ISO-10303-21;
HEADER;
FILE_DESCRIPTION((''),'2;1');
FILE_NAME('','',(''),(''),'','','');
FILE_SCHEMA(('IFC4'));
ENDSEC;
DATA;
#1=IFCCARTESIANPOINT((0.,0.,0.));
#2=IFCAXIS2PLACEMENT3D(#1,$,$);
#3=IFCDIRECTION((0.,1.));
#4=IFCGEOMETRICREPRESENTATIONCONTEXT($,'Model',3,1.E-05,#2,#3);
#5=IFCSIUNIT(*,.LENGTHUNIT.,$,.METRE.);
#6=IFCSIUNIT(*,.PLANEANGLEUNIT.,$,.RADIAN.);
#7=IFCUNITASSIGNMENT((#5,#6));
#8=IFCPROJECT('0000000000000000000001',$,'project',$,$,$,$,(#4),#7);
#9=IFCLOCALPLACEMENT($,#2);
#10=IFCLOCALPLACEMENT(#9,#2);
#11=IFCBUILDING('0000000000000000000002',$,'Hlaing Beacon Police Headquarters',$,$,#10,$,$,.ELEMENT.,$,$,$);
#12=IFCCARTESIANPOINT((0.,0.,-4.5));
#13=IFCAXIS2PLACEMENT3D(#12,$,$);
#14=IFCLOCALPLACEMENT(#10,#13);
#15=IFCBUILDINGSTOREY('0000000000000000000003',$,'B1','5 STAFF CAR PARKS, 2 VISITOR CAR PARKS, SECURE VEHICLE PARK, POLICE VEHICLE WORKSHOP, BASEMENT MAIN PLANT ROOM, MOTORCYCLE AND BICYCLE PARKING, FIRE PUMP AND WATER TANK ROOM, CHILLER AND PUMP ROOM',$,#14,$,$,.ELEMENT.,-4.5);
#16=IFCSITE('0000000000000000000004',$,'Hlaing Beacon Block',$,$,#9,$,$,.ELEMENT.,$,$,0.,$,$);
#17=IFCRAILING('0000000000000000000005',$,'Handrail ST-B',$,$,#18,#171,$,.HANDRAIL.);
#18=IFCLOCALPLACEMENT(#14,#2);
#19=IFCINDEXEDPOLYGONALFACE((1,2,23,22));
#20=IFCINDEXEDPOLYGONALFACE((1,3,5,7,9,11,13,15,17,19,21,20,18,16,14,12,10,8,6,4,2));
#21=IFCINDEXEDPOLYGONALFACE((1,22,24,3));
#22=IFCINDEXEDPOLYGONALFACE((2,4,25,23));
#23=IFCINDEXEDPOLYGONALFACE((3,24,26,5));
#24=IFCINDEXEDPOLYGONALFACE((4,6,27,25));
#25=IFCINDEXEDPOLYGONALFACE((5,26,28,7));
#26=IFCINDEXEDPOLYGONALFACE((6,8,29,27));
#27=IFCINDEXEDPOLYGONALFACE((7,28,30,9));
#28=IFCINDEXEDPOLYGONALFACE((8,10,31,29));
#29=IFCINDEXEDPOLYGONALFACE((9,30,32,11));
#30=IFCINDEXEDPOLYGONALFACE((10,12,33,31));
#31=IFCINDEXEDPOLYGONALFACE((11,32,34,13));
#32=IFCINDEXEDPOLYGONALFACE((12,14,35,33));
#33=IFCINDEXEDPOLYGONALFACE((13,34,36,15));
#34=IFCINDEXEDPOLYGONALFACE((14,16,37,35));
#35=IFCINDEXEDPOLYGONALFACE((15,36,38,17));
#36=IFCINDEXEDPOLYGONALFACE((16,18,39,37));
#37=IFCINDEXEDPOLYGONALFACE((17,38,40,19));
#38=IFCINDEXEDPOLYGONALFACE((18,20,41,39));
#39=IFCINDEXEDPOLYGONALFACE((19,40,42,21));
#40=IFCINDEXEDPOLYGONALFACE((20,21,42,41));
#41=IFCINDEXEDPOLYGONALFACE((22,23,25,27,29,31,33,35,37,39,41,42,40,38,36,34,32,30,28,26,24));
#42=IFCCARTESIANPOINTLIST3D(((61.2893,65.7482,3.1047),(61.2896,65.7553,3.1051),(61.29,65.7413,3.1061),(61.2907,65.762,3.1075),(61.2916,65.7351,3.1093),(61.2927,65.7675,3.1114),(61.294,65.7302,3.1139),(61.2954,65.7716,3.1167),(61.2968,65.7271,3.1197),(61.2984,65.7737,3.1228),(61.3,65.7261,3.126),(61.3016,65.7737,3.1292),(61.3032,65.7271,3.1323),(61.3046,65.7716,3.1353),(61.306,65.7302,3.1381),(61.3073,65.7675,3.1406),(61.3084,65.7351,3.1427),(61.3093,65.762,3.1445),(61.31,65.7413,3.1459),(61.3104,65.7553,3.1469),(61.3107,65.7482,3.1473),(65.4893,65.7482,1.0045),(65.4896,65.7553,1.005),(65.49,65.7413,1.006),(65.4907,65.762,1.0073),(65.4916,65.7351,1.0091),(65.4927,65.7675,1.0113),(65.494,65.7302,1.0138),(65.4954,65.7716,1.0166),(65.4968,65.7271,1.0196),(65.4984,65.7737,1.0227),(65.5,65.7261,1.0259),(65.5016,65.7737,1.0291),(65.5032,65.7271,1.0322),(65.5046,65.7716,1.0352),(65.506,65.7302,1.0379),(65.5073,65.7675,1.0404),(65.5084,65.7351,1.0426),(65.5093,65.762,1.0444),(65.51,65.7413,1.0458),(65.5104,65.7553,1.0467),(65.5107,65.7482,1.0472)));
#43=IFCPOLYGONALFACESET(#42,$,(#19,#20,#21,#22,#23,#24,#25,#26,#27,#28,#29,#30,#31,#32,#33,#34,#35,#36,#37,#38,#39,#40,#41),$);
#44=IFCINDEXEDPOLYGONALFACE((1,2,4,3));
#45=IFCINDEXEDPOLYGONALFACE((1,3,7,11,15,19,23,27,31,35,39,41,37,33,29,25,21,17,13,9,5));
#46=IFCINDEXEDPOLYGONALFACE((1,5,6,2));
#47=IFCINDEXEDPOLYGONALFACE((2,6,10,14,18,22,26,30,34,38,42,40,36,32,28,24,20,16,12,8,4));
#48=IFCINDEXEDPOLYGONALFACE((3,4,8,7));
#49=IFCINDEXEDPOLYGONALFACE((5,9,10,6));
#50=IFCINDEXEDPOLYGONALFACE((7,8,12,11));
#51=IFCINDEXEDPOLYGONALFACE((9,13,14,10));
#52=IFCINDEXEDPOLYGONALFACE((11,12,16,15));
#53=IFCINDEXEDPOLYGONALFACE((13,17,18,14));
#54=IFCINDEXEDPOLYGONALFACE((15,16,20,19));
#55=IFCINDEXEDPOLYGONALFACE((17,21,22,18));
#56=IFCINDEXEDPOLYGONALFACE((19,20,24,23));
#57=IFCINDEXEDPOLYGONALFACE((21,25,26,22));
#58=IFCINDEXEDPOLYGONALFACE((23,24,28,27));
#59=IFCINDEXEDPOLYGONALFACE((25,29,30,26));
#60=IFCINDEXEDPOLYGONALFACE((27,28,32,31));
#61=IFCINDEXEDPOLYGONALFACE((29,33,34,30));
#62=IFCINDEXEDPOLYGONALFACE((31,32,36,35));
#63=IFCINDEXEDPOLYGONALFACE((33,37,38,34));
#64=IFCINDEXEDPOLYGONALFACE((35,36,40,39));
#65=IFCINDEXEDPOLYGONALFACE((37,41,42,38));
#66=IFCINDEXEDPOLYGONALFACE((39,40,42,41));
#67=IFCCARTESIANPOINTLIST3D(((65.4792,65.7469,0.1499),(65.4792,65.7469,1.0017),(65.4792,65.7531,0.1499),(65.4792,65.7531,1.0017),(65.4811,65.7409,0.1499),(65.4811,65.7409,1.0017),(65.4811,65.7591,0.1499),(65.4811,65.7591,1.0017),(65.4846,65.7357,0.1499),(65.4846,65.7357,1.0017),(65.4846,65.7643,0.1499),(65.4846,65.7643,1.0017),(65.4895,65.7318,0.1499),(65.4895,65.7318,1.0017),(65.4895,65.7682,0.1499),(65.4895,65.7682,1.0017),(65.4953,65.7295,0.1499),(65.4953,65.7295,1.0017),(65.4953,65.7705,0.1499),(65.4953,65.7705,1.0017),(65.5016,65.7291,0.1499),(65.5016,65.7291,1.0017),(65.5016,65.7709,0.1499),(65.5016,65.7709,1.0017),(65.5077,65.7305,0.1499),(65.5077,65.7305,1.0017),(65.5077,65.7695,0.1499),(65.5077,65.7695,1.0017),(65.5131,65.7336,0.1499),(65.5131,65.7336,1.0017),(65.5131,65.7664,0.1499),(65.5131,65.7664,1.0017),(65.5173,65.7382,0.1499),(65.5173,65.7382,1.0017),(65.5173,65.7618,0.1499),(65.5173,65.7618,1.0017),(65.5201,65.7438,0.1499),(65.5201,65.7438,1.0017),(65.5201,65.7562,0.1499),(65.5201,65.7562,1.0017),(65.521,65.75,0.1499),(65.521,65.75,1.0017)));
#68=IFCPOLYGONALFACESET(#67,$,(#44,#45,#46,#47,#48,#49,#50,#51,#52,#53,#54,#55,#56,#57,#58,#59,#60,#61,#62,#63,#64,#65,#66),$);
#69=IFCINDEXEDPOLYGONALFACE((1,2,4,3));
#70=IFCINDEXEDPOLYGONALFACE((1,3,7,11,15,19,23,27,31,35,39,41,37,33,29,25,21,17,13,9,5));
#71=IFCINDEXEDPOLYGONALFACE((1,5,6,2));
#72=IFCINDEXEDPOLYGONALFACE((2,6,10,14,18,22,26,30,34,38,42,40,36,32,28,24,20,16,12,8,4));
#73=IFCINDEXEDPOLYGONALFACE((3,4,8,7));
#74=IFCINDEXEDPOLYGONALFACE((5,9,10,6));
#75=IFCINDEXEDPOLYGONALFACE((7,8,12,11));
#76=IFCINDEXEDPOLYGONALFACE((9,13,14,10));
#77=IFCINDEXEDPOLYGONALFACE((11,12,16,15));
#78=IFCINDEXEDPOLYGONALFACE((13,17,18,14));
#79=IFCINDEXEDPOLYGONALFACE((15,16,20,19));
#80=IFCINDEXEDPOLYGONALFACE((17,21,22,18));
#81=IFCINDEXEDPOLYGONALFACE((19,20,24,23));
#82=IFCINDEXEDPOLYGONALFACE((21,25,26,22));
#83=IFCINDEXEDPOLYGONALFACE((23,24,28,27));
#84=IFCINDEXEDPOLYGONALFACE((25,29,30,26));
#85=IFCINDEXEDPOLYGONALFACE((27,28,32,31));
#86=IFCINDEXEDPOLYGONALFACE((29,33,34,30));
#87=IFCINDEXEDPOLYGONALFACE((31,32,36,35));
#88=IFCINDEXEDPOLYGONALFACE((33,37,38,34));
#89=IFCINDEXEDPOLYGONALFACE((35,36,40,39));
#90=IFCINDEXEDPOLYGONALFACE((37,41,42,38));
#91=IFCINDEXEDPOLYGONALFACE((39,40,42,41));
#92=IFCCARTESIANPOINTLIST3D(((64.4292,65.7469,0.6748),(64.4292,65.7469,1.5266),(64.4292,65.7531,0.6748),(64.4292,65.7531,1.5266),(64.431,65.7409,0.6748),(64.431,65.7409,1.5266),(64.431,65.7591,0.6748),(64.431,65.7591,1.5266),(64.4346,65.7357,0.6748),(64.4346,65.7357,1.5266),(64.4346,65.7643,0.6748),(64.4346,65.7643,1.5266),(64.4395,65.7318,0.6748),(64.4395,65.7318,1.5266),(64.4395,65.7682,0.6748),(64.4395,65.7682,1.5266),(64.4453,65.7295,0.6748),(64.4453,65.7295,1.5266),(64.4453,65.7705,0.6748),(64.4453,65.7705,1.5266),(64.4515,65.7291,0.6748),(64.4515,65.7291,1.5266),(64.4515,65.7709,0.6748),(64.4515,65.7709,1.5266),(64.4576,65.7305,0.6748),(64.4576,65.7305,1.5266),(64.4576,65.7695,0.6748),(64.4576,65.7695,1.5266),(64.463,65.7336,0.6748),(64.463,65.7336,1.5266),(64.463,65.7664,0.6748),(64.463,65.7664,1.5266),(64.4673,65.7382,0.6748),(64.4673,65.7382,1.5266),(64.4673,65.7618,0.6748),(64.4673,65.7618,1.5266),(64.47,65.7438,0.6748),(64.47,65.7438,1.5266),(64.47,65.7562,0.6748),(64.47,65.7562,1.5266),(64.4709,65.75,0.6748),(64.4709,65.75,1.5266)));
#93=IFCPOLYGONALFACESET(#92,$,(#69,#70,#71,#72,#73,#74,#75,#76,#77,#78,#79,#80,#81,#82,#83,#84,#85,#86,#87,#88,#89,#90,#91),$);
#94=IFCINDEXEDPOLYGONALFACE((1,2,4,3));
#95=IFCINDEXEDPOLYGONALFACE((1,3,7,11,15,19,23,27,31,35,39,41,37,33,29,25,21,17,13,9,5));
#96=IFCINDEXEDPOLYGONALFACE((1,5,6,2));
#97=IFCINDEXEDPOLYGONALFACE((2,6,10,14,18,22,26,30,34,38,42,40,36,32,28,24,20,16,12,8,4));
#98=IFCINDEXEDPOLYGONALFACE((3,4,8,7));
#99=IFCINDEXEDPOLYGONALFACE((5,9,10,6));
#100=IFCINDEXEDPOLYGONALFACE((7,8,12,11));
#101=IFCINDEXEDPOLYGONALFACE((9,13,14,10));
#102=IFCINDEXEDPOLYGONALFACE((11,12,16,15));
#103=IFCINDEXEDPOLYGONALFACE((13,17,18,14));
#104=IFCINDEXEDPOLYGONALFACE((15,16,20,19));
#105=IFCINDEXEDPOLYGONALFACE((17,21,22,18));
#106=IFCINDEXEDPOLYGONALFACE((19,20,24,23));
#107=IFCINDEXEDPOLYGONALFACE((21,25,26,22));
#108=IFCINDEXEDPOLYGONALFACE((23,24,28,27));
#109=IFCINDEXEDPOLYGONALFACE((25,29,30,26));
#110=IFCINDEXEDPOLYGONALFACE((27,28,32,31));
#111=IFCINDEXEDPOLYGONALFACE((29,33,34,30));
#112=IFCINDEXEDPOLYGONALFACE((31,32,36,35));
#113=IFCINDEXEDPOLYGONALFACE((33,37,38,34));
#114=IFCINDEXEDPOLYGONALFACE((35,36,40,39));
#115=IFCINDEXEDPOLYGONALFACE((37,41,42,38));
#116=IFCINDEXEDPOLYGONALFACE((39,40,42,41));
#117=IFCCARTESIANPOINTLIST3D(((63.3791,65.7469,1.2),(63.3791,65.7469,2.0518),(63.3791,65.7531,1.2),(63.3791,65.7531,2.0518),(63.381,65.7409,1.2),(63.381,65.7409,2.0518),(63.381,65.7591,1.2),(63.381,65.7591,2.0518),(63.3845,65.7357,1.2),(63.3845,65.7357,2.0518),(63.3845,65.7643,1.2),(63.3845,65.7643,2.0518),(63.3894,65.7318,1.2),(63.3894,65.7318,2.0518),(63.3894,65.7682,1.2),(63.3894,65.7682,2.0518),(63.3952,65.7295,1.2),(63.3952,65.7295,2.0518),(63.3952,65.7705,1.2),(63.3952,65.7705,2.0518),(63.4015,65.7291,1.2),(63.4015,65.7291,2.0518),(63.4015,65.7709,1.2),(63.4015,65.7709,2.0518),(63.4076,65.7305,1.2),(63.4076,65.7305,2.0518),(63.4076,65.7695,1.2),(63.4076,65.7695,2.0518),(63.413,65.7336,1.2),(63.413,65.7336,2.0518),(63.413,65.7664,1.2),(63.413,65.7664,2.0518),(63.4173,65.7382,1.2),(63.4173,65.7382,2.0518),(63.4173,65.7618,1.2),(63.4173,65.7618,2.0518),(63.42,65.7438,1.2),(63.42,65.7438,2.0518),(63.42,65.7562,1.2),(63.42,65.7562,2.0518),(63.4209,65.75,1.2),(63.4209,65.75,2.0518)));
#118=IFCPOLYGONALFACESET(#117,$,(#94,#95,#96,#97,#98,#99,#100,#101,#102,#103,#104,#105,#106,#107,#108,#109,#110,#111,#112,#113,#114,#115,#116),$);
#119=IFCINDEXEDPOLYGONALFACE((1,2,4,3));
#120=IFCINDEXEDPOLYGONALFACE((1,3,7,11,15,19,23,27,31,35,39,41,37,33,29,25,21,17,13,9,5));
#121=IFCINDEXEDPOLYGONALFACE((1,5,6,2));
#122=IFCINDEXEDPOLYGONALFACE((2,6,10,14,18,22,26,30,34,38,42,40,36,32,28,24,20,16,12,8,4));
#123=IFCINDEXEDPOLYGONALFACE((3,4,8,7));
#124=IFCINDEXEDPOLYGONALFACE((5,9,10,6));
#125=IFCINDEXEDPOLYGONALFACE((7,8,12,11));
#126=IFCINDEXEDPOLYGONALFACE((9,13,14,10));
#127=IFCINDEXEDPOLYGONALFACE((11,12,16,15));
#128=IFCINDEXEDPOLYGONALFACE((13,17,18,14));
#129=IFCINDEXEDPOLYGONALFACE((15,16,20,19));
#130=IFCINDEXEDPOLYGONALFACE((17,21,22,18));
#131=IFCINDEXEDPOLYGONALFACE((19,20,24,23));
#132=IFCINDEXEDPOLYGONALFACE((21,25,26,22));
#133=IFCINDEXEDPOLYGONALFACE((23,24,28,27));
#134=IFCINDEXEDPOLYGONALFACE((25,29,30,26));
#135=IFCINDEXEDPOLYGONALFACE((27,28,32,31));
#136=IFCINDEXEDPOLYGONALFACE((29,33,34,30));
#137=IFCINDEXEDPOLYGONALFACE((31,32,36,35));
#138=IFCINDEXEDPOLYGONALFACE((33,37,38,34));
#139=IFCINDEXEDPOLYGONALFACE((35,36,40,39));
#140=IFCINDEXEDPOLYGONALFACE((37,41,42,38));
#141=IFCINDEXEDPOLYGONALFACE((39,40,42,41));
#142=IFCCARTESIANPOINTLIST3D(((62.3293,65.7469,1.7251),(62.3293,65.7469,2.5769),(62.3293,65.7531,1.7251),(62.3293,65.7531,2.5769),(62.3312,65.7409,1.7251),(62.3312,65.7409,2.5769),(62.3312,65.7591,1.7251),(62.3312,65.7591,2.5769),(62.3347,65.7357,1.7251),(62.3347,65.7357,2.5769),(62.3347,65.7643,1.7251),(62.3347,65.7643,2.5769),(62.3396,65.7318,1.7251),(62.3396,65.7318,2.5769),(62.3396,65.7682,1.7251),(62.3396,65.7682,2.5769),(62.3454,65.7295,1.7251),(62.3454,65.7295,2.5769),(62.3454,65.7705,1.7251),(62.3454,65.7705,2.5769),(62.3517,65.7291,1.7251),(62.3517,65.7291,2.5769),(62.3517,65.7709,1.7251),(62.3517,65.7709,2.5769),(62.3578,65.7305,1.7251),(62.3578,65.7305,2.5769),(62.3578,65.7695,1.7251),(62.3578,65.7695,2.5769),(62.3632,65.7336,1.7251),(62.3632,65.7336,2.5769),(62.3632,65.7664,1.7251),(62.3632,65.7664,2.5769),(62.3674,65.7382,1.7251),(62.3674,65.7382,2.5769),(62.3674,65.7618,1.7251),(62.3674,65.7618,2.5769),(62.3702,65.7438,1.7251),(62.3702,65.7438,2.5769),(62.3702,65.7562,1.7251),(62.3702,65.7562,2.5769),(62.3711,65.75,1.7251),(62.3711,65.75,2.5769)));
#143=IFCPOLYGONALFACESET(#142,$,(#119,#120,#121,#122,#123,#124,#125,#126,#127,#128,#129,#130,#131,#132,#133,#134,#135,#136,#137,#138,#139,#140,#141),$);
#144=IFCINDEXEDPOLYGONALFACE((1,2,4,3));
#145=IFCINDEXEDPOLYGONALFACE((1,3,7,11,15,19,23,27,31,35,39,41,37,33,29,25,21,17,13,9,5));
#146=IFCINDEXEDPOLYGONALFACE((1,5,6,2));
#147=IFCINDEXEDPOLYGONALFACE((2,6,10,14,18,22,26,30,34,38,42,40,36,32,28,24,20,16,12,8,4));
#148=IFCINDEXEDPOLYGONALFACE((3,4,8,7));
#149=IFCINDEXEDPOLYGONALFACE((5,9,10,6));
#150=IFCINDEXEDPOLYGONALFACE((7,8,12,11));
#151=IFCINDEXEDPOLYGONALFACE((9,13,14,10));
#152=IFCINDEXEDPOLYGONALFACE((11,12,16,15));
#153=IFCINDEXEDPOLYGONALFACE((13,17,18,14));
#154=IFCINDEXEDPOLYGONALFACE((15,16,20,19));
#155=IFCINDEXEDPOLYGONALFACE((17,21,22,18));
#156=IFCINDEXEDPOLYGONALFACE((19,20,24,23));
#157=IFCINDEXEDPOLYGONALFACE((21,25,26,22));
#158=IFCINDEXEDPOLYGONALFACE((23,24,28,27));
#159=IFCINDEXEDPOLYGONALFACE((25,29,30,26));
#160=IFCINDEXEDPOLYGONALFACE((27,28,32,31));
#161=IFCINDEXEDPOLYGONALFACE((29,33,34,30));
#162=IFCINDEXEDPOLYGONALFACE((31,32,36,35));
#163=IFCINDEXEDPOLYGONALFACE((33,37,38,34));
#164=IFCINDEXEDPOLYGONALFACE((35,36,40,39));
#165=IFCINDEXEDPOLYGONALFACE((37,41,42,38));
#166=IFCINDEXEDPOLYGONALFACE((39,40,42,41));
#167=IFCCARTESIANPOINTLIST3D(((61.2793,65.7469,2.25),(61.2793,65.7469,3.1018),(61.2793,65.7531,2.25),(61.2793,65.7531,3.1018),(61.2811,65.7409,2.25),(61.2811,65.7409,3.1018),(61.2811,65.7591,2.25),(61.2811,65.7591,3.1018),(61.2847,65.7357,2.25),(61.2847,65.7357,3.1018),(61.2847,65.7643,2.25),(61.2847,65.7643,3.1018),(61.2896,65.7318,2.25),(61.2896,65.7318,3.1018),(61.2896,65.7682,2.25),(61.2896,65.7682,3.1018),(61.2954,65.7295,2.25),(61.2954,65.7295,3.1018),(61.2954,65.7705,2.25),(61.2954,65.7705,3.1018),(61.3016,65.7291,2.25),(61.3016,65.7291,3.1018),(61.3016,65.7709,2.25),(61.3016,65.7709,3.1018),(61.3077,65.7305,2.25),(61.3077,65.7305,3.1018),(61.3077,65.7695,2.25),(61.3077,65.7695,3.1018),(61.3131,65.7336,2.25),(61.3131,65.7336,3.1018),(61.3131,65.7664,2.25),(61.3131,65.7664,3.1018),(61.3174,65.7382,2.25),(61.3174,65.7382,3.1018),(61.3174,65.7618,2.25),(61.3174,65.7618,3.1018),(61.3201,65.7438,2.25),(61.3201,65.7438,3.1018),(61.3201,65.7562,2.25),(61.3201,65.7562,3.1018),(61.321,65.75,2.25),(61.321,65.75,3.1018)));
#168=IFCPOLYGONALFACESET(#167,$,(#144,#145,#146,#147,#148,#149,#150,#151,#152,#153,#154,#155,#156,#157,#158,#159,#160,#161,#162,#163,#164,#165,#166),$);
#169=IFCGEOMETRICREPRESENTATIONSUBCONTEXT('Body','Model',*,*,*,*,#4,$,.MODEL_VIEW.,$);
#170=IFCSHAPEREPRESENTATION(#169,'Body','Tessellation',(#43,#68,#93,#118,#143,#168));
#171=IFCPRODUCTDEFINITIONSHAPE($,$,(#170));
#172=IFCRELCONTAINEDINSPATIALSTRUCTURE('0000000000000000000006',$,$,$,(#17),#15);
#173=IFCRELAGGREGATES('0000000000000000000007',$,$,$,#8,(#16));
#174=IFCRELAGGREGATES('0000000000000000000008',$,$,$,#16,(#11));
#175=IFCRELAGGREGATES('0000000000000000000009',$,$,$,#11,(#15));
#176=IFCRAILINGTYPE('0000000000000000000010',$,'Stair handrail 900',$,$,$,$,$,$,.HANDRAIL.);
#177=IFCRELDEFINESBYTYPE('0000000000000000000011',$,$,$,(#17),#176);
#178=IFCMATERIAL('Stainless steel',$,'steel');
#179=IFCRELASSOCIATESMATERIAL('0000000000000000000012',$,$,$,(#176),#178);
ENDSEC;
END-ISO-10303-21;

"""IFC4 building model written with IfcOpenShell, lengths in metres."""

from ifc_helpers import new_model, si_unit, direction, frame, origin, origin_2d, place, context, subcontext, project, spatial, circle, extrude, material, type_object, element, save


model = new_model("IFC4")

# Units and contexts
model_context = context("Model", 3, precision=1e-05, world=origin(), true_north=direction((0.0, 1.0)))
body_context = subcontext(model_context, "Body", "Model", "MODEL_VIEW")
ifc_project = project(units=[si_unit("LENGTHUNIT", "METRE"), si_unit("PLANEANGLEUNIT", "RADIAN")], contexts=[model_context])

# Site, building, storey
site_placement = place(None, origin())
site = spatial("IfcSite", under=ifc_project, at=site_placement, Name="Hlaing Beacon Block", CompositionType="ELEMENT", RefElevation=0.0)
building_placement = place(site_placement, origin())
building = spatial("IfcBuilding", under=site, at=building_placement, Name="Hlaing Beacon Police Headquarters", CompositionType="ELEMENT")
storey_placement = place(building_placement, frame((0.0, 0.0, -4.5)))
storey = spatial("IfcBuildingStorey", under=building, at=storey_placement, Name="B1", Description="5 STAFF CAR PARKS, 2 VISITOR CAR PARKS, SECURE VEHICLE PARK, POLICE VEHICLE WORKSHOP, BASEMENT MAIN PLANT ROOM, MOTORCYCLE AND BICYCLE PARKING, FIRE PUMP AND WATER TANK ROOM, CHILLER AND PUMP ROOM", CompositionType="ELEMENT", Elevation=-4.5)

# Railing
ifc_material_1 = material(Name="Stainless steel", Category="steel")
railing_type = type_object("IfcRailingType", Name="Stair handrail 900", PredefinedType="HANDRAIL", material=ifc_material_1)
for number, where, name in (
    (1, (65.5, 65.75, 0.1499), "Handrail ST-B"),
):
    element("IfcRailing", number, at=place(storey_placement, frame(where)), inside=storey, type_object=railing_type, Name=name, PredefinedType="HANDRAIL", context=body_context, shape_type="SweptSolid", body=[
        extrude(circle(Radius=0.0239, at=origin_2d()), frame((0.0, 0.0, 0.876), z_axis=(-0.894417, 0.0, 0.447234), x_axis=(0.0, -1.0, 0.0)), (0.0, 0.0, 1.0), 4.6958),
        extrude(circle(Radius=0.021, at=origin_2d()), origin(), (0.0, 0.0, 1.0), 0.8518),
        extrude(circle(Radius=0.021, at=origin_2d()), frame((-1.05, 0.0, 0.5249)), (0.0, 0.0, 1.0), 0.8518),
        extrude(circle(Radius=0.021, at=origin_2d()), frame((-2.1001, 0.0, 1.05)), (0.0, 0.0, 1.0), 0.8518),
        extrude(circle(Radius=0.021, at=origin_2d()), frame((-3.1499, 0.0, 1.5752)), (0.0, 0.0, 1.0), 0.8518),
        extrude(circle(Radius=0.021, at=origin_2d()), frame((-4.2, 0.0, 2.1001)), (0.0, 0.0, 1.0), 0.8518),
    ])

save(model, "model.ifc")
